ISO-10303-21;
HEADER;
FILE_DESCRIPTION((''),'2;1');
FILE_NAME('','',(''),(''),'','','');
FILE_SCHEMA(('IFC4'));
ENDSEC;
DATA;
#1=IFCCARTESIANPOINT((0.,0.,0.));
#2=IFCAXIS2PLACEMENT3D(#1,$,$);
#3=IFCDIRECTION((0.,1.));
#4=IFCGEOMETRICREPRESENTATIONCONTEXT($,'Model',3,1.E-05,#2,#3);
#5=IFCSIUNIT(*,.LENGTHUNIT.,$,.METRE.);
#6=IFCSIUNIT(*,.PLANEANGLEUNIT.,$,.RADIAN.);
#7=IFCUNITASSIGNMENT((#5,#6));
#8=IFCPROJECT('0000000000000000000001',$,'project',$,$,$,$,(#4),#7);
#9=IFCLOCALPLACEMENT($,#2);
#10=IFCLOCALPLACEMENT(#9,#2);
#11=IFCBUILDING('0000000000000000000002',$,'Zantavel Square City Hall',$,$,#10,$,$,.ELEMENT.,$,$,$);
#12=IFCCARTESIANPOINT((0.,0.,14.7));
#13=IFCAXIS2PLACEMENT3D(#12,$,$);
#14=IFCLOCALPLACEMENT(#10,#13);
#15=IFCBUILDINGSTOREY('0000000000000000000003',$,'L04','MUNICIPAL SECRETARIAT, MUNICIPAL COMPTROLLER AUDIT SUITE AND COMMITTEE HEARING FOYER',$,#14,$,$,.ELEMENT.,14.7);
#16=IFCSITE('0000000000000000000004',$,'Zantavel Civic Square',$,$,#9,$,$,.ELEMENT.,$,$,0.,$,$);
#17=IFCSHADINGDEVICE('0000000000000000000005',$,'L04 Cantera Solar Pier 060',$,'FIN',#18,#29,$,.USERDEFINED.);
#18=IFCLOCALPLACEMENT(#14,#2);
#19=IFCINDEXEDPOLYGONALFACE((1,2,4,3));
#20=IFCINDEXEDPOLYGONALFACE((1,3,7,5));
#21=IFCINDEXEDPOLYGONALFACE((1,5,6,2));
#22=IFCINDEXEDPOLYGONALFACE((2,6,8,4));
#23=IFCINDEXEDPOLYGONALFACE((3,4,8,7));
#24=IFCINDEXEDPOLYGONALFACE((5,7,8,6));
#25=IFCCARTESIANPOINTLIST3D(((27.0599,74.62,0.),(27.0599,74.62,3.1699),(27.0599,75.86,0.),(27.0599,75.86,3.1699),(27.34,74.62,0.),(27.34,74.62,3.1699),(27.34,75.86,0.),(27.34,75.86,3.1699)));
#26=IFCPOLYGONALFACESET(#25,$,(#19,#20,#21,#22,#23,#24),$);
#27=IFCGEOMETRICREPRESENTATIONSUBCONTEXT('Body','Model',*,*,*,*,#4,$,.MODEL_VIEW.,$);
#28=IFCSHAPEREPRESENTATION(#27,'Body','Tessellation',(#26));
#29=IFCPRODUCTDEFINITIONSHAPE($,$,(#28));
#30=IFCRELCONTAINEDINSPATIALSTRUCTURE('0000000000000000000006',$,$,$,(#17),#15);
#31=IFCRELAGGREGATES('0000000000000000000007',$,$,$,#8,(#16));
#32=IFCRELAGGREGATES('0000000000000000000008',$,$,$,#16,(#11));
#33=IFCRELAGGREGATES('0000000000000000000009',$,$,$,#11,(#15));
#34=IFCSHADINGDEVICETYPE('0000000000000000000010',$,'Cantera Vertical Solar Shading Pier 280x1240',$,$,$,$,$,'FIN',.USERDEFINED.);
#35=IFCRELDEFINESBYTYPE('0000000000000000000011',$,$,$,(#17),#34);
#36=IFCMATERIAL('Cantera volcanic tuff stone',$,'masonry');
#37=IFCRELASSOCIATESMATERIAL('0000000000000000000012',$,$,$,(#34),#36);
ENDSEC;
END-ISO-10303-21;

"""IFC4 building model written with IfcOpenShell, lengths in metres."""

from ifc_helpers import new_model, si_unit, direction, frame, origin, origin_2d, place, context, subcontext, project, spatial, rectangle, extrude, material, type_object, element, save


model = new_model("IFC4")

# Units and contexts
model_context = context("Model", 3, precision=1e-05, world=origin(), true_north=direction((0.0, 1.0)))
body_context = subcontext(model_context, "Body", "Model", "MODEL_VIEW")
ifc_project = project(units=[si_unit("LENGTHUNIT", "METRE"), si_unit("PLANEANGLEUNIT", "RADIAN")], contexts=[model_context])

# Site, building, storey
site_placement = place(None, origin())
site = spatial("IfcSite", under=ifc_project, at=site_placement, Name="Zantavel Civic Square", CompositionType="ELEMENT", RefElevation=0.0)
building_placement = place(site_placement, origin())
building = spatial("IfcBuilding", under=site, at=building_placement, Name="Zantavel Square City Hall", CompositionType="ELEMENT")
storey_placement = place(building_placement, frame((0.0, 0.0, 14.7)))
storey = spatial("IfcBuildingStorey", under=building, at=storey_placement, Name="L04", Description="MUNICIPAL SECRETARIAT, MUNICIPAL COMPTROLLER AUDIT SUITE AND COMMITTEE HEARING FOYER", CompositionType="ELEMENT", Elevation=14.7)

# Shared definitions
ifc_material_1 = material(Name="Cantera volcanic tuff stone", Category="masonry")

# Shading device
shading_device_type = type_object("IfcShadingDeviceType", Name="Cantera Vertical Solar Shading Pier 280x1240", ElementType="FIN", PredefinedType="USERDEFINED", material=ifc_material_1)
for number, where, z_axis, x_axis, name in (
    (1, (27.2, 75.24, 0.0), (0.0, 0.0, 1.0), (1.0, 0.0, 0.0), "L04 Cantera Solar Pier 060"),
):
    element("IfcShadingDevice", number, at=place(storey_placement, frame(where, z_axis=z_axis, x_axis=x_axis)), inside=storey, type_object=shading_device_type, Name=name, ObjectType="FIN", PredefinedType="USERDEFINED", context=body_context, shape_type="SweptSolid", body=[
        extrude(rectangle(XDim=0.28, YDim=1.24, at=origin_2d()), origin(), (0.0, 0.0, 1.0), 3.1699),
    ])

save(model, "model.ifc")
